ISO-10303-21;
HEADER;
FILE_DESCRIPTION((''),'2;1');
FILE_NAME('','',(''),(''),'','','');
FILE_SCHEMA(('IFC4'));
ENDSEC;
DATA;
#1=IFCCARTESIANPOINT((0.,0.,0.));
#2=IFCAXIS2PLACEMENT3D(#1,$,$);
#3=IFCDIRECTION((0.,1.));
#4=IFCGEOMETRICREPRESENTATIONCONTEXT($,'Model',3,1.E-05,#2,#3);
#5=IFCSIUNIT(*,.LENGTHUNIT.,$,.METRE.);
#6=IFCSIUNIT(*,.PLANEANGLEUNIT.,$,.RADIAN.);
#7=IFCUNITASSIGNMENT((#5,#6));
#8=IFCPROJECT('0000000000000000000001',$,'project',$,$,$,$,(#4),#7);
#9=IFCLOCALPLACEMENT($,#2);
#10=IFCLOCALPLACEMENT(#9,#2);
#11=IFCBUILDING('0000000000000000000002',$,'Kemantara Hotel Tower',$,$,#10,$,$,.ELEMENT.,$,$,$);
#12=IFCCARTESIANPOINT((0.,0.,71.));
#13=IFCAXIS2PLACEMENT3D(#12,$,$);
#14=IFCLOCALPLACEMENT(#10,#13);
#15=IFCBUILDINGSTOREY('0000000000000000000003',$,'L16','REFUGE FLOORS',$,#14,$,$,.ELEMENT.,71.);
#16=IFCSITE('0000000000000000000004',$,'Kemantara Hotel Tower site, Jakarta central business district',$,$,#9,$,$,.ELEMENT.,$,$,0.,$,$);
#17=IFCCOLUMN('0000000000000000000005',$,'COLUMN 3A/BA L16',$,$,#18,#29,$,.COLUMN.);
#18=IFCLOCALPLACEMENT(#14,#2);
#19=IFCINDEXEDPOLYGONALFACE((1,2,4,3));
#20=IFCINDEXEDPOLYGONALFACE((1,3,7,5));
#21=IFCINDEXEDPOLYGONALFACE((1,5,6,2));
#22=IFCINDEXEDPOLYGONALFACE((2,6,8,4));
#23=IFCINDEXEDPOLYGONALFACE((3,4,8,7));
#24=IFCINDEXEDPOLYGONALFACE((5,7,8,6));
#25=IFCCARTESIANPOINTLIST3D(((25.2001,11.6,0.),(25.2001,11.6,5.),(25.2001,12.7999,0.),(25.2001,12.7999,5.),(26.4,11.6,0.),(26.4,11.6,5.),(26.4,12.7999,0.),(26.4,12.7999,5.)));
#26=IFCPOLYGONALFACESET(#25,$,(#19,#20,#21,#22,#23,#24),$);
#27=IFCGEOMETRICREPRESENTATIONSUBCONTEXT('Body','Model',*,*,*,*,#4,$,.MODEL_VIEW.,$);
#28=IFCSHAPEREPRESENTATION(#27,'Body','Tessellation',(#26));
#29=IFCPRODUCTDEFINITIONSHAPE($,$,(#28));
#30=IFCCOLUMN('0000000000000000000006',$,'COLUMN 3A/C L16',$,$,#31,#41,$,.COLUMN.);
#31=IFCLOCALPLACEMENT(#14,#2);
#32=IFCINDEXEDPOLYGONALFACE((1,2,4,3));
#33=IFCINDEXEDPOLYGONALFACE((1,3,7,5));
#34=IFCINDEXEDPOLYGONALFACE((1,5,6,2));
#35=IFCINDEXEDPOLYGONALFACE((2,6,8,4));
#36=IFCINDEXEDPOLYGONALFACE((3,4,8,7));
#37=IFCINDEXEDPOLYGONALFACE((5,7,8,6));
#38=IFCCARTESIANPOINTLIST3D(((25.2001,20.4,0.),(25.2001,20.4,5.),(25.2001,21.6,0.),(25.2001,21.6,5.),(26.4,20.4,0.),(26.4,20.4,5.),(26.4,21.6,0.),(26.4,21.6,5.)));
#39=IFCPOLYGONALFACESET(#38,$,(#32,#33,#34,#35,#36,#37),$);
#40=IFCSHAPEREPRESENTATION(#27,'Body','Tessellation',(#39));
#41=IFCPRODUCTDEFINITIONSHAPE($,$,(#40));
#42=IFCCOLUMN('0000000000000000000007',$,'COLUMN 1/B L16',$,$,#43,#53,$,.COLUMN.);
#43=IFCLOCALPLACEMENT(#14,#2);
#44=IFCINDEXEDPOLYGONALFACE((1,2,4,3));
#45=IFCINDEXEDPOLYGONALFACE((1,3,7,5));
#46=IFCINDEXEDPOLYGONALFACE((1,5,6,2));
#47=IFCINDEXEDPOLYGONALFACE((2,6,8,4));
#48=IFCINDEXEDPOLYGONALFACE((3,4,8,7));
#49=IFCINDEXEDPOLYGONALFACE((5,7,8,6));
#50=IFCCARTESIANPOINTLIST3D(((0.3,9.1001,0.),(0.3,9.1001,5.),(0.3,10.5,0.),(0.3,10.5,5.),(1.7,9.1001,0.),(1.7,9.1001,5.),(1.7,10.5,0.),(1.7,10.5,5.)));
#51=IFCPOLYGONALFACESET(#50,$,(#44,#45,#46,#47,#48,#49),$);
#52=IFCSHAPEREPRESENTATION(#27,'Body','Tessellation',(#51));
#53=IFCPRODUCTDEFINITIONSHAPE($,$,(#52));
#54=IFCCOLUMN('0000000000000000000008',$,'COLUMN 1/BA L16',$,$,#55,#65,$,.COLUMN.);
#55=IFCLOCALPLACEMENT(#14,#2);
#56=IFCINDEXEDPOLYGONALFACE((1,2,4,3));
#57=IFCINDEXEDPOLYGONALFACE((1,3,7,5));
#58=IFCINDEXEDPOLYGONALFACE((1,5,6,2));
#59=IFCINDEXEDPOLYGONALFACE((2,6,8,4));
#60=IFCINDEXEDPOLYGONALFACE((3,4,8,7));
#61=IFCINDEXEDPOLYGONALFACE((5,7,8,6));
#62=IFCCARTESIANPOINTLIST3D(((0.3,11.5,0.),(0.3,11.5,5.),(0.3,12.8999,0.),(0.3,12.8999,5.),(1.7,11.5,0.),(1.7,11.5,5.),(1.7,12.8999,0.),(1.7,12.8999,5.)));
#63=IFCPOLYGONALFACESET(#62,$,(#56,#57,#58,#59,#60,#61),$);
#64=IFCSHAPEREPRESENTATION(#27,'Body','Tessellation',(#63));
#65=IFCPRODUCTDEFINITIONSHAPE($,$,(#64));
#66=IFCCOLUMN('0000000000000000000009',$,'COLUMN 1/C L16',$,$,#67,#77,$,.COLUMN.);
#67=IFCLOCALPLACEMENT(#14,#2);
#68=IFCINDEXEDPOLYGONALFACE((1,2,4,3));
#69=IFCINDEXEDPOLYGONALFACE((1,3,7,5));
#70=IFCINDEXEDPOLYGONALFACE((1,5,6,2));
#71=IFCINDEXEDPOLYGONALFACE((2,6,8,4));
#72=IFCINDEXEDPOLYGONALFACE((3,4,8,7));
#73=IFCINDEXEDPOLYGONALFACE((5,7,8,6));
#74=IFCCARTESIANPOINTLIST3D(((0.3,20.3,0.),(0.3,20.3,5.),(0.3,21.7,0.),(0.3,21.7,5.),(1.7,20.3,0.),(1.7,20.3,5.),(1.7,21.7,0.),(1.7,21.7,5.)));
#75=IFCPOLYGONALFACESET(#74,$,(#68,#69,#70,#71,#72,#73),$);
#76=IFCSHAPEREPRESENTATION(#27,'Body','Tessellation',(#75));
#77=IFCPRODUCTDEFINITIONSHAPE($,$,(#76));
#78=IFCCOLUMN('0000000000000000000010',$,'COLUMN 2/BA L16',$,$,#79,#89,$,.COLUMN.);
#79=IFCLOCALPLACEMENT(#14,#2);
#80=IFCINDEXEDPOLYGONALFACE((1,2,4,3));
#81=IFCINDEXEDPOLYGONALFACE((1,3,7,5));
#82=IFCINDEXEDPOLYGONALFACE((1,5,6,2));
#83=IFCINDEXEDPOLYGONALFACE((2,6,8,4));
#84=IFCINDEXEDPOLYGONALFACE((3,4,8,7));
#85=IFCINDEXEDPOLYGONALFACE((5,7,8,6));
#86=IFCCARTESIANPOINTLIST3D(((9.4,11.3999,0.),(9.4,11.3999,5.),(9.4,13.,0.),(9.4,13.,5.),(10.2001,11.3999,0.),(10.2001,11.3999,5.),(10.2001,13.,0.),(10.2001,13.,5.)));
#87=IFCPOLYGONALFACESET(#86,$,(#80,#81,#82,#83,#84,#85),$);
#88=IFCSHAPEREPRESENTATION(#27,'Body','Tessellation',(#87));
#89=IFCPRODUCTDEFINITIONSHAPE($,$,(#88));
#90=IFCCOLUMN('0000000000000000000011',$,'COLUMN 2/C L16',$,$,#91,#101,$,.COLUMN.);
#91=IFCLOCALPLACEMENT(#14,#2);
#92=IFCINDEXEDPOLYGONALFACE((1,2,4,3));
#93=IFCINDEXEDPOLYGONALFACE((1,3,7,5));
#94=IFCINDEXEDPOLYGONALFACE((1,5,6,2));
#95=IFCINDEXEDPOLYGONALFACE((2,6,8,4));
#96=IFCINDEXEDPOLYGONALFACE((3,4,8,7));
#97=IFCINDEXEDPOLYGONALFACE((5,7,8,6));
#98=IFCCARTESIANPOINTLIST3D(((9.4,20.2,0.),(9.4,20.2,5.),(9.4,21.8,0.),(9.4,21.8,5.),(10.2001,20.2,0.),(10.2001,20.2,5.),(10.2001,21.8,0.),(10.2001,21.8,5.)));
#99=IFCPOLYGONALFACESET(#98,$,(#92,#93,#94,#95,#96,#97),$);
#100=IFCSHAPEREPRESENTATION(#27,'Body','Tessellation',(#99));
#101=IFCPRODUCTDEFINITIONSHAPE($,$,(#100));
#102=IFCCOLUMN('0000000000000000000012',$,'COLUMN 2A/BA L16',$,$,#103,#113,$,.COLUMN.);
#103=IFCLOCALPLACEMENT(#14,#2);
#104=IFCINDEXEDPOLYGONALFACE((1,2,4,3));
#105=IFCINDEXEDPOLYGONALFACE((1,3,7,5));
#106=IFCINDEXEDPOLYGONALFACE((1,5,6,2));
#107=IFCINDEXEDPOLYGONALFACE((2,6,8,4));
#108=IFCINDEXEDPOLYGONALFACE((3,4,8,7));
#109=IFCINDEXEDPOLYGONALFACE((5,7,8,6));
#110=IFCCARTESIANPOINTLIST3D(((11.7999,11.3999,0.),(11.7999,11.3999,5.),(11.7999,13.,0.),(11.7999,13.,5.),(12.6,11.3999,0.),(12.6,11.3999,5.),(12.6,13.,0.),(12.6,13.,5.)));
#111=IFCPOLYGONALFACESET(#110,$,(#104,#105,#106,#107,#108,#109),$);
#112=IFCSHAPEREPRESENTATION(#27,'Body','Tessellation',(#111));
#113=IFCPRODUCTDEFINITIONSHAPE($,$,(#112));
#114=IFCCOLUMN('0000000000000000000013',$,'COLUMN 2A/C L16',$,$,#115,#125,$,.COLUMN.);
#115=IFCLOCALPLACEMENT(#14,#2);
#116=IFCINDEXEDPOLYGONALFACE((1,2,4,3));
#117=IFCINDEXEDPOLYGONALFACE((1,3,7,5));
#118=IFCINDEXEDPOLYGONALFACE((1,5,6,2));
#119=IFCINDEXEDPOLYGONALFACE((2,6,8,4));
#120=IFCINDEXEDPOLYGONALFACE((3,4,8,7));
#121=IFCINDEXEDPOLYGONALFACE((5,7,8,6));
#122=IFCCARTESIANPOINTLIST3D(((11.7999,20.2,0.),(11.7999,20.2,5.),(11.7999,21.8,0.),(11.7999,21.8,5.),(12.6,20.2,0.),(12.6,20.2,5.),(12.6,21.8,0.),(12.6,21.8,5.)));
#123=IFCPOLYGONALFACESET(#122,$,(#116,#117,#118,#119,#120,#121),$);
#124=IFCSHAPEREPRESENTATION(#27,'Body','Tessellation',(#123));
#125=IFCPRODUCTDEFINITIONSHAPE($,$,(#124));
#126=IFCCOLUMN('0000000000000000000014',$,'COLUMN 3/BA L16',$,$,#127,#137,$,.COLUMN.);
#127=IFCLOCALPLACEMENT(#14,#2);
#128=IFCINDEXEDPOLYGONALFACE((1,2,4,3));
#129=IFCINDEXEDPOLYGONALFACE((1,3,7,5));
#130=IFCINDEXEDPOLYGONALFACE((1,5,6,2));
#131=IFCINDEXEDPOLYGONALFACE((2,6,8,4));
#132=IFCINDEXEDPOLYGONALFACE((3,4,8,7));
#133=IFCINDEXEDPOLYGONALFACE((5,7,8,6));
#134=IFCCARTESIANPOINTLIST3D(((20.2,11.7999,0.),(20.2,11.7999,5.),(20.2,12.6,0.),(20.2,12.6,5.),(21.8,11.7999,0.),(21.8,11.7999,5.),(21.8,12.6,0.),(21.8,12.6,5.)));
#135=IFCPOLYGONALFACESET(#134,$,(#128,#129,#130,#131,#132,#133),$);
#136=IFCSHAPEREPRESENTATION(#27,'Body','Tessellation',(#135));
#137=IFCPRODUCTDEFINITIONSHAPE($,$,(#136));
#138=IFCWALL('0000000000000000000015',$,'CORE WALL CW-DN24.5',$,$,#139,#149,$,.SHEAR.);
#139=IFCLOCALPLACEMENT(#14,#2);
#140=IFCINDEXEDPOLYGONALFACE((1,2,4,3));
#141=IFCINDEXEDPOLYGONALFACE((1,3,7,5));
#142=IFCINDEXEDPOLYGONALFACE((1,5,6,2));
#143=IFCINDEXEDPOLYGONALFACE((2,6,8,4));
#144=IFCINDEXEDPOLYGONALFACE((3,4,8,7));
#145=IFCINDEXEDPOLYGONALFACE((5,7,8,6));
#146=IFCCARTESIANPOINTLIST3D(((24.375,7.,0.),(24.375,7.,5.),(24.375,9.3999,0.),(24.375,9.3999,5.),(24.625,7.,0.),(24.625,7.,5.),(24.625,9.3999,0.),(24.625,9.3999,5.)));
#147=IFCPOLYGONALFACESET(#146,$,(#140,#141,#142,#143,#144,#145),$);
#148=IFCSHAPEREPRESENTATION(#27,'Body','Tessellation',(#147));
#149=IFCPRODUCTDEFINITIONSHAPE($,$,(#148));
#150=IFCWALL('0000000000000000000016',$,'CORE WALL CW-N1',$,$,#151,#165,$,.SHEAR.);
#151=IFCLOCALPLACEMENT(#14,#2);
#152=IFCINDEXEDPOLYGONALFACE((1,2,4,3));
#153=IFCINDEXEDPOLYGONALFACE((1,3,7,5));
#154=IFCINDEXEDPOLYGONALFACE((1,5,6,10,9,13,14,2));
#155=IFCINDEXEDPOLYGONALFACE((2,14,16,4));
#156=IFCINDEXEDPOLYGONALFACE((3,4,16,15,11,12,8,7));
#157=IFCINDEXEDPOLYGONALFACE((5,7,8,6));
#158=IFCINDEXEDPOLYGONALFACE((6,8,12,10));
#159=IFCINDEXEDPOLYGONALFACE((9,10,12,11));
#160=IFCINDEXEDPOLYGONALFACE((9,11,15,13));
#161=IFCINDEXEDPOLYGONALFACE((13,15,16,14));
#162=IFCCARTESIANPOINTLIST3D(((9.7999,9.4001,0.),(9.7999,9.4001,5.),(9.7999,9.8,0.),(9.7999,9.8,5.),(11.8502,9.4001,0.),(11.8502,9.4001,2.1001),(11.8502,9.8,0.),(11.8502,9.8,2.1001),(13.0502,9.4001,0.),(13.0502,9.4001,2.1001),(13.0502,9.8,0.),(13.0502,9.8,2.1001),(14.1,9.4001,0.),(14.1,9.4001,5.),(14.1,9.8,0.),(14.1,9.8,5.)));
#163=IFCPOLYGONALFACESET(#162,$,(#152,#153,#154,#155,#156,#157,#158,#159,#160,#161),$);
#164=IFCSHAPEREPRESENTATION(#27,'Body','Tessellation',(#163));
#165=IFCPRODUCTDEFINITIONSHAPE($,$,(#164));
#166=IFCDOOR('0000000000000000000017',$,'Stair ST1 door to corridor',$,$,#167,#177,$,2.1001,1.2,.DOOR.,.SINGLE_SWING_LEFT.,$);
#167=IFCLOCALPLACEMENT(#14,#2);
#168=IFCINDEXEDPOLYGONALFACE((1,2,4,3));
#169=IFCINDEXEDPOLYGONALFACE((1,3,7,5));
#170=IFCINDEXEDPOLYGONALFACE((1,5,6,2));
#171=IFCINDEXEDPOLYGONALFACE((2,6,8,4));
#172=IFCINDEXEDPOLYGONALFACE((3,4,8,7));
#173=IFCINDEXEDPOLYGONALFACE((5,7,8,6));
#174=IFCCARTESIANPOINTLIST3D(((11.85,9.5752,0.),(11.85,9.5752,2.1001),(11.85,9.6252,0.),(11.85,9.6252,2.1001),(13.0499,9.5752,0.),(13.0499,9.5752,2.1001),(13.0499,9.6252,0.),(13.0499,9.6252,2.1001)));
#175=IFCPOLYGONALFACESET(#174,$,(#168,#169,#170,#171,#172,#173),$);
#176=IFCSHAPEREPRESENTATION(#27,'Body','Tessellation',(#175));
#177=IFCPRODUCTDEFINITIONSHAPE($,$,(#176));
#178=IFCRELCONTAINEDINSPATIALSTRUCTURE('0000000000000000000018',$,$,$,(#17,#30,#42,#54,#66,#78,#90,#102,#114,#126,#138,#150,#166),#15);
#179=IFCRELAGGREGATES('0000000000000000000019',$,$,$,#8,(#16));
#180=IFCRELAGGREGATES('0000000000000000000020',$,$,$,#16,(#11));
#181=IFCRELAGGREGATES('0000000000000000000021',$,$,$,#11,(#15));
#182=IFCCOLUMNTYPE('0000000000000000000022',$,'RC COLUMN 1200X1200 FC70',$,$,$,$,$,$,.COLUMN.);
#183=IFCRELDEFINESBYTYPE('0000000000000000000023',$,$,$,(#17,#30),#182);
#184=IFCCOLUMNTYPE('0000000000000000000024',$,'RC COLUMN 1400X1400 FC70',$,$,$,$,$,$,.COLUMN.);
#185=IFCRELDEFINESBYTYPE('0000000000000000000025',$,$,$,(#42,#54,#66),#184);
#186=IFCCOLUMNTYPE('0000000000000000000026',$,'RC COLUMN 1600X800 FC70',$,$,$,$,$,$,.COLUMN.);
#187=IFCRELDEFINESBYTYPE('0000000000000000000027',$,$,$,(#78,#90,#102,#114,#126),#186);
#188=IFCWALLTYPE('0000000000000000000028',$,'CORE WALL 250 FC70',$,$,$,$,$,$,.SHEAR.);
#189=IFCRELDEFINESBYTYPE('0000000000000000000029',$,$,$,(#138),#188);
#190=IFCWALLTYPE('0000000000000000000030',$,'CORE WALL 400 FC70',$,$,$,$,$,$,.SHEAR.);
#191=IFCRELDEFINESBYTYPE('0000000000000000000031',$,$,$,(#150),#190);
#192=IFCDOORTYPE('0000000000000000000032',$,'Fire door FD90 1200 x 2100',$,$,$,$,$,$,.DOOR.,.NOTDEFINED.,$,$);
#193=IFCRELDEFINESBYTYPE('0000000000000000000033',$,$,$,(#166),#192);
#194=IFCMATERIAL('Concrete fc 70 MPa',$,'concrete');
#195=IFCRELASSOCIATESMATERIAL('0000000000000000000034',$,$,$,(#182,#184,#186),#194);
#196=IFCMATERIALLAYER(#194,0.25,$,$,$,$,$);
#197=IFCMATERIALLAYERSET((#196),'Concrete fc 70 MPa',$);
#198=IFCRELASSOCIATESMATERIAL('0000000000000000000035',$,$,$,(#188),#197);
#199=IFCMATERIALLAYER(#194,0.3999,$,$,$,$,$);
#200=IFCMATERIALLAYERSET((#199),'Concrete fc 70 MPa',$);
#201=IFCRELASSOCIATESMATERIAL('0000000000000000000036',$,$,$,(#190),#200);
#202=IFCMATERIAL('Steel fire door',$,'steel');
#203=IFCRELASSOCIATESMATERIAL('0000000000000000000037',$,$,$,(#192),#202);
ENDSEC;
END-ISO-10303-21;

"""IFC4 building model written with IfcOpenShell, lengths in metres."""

from ifc_helpers import new_model, si_unit, direction, frame, frame_2d, origin, origin_2d, place, context, subcontext, project, spatial, rectangle, extrude, material, layer, layer_set, material_profile, profile_set, type_object, element, fill, save


model = new_model("IFC4")

# Units and contexts
model_context = context("Model", 3, precision=1e-05, world=origin(), true_north=direction((0.0, 1.0)))
body_context = subcontext(model_context, "Body", "Model", "MODEL_VIEW")
ifc_project = project(units=[si_unit("LENGTHUNIT", "METRE"), si_unit("PLANEANGLEUNIT", "RADIAN")], contexts=[model_context])

# Site, building, storey
site_placement = place(None, origin())
site = spatial("IfcSite", under=ifc_project, at=site_placement, Name="Kemantara Hotel Tower site, Jakarta central business district", CompositionType="ELEMENT", RefElevation=0.0)
building_placement = place(site_placement, origin())
building = spatial("IfcBuilding", under=site, at=building_placement, Name="Kemantara Hotel Tower", CompositionType="ELEMENT")
storey_placement = place(building_placement, frame((0.0, 0.0, 71.0)))
storey = spatial("IfcBuildingStorey", under=building, at=storey_placement, Name="L16", Description="REFUGE FLOORS", CompositionType="ELEMENT", Elevation=71.0)

# Columns
ifc_material_1 = material(Name="Concrete fc 70 MPa", Category="concrete")
ifc_material_profile_1 = material_profile(ifc_material_1, rectangle(XDim=1.2, YDim=1.2, at=origin_2d()), Name="RC 1200X1200")
ifc_profile_set_1 = profile_set([ifc_material_profile_1], Name="Concrete fc 70 MPa")
column_type_1 = type_object("IfcColumnType", Name="RC COLUMN 1200X1200 FC70", PredefinedType="COLUMN", material=ifc_profile_set_1)
for number, where, z_axis, x_axis, name in (
    (1, (25.8, 12.2, 0.0), (0.0, 0.0, 1.0), (1.0, 0.0, 0.0), "COLUMN 3A/BA L16"),
    (2, (25.8, 21.0, 0.0), (0.0, 0.0, 1.0), (1.0, 0.0, 0.0), "COLUMN 3A/C L16"),
):
    element("IfcColumn", number, at=place(storey_placement, frame(where, z_axis=z_axis, x_axis=x_axis)), inside=storey, type_object=column_type_1, Name=name, PredefinedType="COLUMN", context=body_context, shape_type="SweptSolid", body=[
        extrude(rectangle(XDim=1.2, YDim=1.2, at=origin_2d()), origin(), (0.0, 0.0, 1.0), 5.0),
    ])
ifc_material_profile_2 = material_profile(ifc_material_1, rectangle(XDim=1.3999, YDim=1.3999, at=origin_2d()), Name="RC 1400X1400")
ifc_profile_set_2 = profile_set([ifc_material_profile_2], Name="Concrete fc 70 MPa")
column_type_2 = type_object("IfcColumnType", Name="RC COLUMN 1400X1400 FC70", PredefinedType="COLUMN", material=ifc_profile_set_2)
for number, where, z_axis, x_axis, name in (
    (3, (1.0, 9.8, 0.0), (0.0, 0.0, 1.0), (1.0, 0.0, 0.0), "COLUMN 1/B L16"),
    (4, (1.0, 12.2, 0.0), (0.0, 0.0, 1.0), (1.0, 0.0, 0.0), "COLUMN 1/BA L16"),
    (5, (1.0, 21.0, 0.0), (0.0, 0.0, 1.0), (1.0, 0.0, 0.0), "COLUMN 1/C L16"),
):
    element("IfcColumn", number, at=place(storey_placement, frame(where, z_axis=z_axis, x_axis=x_axis)), inside=storey, type_object=column_type_2, Name=name, PredefinedType="COLUMN", context=body_context, shape_type="SweptSolid", body=[
        extrude(rectangle(XDim=1.3999, YDim=1.3999, at=origin_2d()), origin(), (0.0, 0.0, 1.0), 5.0),
    ])
ifc_material_profile_3 = material_profile(ifc_material_1, rectangle(XDim=1.6001, YDim=0.8, at=origin_2d()), Name="RC 1600X800")
ifc_profile_set_3 = profile_set([ifc_material_profile_3], Name="Concrete fc 70 MPa")
column_type_3 = type_object("IfcColumnType", Name="RC COLUMN 1600X800 FC70", PredefinedType="COLUMN", material=ifc_profile_set_3)
for number, where, z_axis, x_axis, name in (
    (6, (9.8, 12.2, 0.0), (0.0, 0.0, 1.0), (0.0, 1.0, 0.0), "COLUMN 2/BA L16"),
    (7, (9.8, 21.0, 0.0), (0.0, 0.0, 1.0), (0.0, 1.0, 0.0), "COLUMN 2/C L16"),
    (8, (12.2, 12.2, 0.0), (0.0, 0.0, 1.0), (0.0, 1.0, 0.0), "COLUMN 2A/BA L16"),
    (9, (12.2, 21.0, 0.0), (0.0, 0.0, 1.0), (0.0, 1.0, 0.0), "COLUMN 2A/C L16"),
    (10, (21.0, 12.2, 0.0), (0.0, 0.0, 1.0), (1.0, 0.0, 0.0), "COLUMN 3/BA L16"),
):
    element("IfcColumn", number, at=place(storey_placement, frame(where, z_axis=z_axis, x_axis=x_axis)), inside=storey, type_object=column_type_3, Name=name, PredefinedType="COLUMN", context=body_context, shape_type="SweptSolid", body=[
        extrude(rectangle(XDim=1.6001, YDim=0.8, at=origin_2d()), origin(), (0.0, 0.0, 1.0), 5.0),
    ])

# Wall
ifc_layer_1 = layer(ifc_material_1, 0.25)
ifc_layer_set_1 = layer_set([ifc_layer_1], Name="Concrete fc 70 MPa")
wall_type_1 = type_object("IfcWallType", Name="CORE WALL 250 FC70", PredefinedType="SHEAR", material=ifc_layer_set_1)
wall_1_placement = place(storey_placement, frame((24.5, 7.0, 0.0), z_axis=(0.0, 0.0, 1.0), x_axis=(0.0, 1.0, 0.0)))
element("IfcWall", 11, at=wall_1_placement, inside=storey, type_object=wall_type_1, Name="CORE WALL CW-DN24.5", PredefinedType="SHEAR", context=body_context, shape_type="SweptSolid", body=[
    extrude(rectangle(XDim=2.3999, YDim=0.25, at=frame_2d((1.2, 0.0))), origin(), (0.0, 0.0, 1.0), 5.0),
])

# Wall, opening, door
ifc_layer_2 = layer(ifc_material_1, 0.3999)
ifc_layer_set_2 = layer_set([ifc_layer_2], Name="Concrete fc 70 MPa")
wall_type_2 = type_object("IfcWallType", Name="CORE WALL 400 FC70", PredefinedType="SHEAR", material=ifc_layer_set_2)
wall_2_placement = place(storey_placement, frame((9.8, 9.6001, 0.0), z_axis=(0.0, 0.0, 1.0), x_axis=(1.0, 0.0, 0.0)))
wall_2 = element("IfcWall", 12, at=wall_2_placement, inside=storey, type_object=wall_type_2, Name="CORE WALL CW-N1", PredefinedType="SHEAR", context=body_context, shape_type="SweptSolid", body=[
    extrude(rectangle(XDim=4.3, YDim=0.3999, at=frame_2d((2.1499, 0.0))), origin(), (0.0, 0.0, 1.0), 5.0),
])
opening_1_placement = place(wall_2_placement, frame((2.05, 0.0, 0.0)))
opening_1 = element("IfcOpeningElement", 13, at=opening_1_placement, cuts=wall_2, PredefinedType="OPENING", context=body_context, shape_type="SweptSolid", body=[
    extrude(rectangle(XDim=1.2, YDim=2.1001, at=frame_2d((0.6001, 1.05))), frame((0.0, 0.21, 0.0), z_axis=(0.0, -1.0, 0.0), x_axis=(1.0, 0.0, 0.0)), (0.0, 0.0, 1.0), 0.4199),
])
ifc_material_2 = material(Name="Steel fire door", Category="steel")
door_type_1 = type_object("IfcDoorType", Name="Fire door FD90 1200 x 2100", OperationType="NOTDEFINED", PredefinedType="DOOR", material=ifc_material_2)
door_1_placement = place(opening_1_placement, frame((1.2, 0.0, 0.0), z_axis=(0.0, 0.0, 1.0), x_axis=(-1.0, 0.0, 0.0)))
door_1 = element("IfcDoor", 14, at=door_1_placement, inside=storey, type_object=door_type_1, Name="Stair ST1 door to corridor", OperationType="SINGLE_SWING_LEFT", OverallHeight=2.1001, OverallWidth=1.2, PredefinedType="DOOR", context=body_context, shape_type="SweptSolid", body=[
    extrude(rectangle(XDim=1.2, YDim=2.1001, at=frame_2d((0.6001, 1.05))), frame((0.0, 0.0249, 0.0), z_axis=(0.0, -1.0, 0.0), x_axis=(1.0, 0.0, 0.0)), (0.0, 0.0, 1.0), 0.05),
])
fill(opening_1, door_1)

save(model, "model.ifc")
